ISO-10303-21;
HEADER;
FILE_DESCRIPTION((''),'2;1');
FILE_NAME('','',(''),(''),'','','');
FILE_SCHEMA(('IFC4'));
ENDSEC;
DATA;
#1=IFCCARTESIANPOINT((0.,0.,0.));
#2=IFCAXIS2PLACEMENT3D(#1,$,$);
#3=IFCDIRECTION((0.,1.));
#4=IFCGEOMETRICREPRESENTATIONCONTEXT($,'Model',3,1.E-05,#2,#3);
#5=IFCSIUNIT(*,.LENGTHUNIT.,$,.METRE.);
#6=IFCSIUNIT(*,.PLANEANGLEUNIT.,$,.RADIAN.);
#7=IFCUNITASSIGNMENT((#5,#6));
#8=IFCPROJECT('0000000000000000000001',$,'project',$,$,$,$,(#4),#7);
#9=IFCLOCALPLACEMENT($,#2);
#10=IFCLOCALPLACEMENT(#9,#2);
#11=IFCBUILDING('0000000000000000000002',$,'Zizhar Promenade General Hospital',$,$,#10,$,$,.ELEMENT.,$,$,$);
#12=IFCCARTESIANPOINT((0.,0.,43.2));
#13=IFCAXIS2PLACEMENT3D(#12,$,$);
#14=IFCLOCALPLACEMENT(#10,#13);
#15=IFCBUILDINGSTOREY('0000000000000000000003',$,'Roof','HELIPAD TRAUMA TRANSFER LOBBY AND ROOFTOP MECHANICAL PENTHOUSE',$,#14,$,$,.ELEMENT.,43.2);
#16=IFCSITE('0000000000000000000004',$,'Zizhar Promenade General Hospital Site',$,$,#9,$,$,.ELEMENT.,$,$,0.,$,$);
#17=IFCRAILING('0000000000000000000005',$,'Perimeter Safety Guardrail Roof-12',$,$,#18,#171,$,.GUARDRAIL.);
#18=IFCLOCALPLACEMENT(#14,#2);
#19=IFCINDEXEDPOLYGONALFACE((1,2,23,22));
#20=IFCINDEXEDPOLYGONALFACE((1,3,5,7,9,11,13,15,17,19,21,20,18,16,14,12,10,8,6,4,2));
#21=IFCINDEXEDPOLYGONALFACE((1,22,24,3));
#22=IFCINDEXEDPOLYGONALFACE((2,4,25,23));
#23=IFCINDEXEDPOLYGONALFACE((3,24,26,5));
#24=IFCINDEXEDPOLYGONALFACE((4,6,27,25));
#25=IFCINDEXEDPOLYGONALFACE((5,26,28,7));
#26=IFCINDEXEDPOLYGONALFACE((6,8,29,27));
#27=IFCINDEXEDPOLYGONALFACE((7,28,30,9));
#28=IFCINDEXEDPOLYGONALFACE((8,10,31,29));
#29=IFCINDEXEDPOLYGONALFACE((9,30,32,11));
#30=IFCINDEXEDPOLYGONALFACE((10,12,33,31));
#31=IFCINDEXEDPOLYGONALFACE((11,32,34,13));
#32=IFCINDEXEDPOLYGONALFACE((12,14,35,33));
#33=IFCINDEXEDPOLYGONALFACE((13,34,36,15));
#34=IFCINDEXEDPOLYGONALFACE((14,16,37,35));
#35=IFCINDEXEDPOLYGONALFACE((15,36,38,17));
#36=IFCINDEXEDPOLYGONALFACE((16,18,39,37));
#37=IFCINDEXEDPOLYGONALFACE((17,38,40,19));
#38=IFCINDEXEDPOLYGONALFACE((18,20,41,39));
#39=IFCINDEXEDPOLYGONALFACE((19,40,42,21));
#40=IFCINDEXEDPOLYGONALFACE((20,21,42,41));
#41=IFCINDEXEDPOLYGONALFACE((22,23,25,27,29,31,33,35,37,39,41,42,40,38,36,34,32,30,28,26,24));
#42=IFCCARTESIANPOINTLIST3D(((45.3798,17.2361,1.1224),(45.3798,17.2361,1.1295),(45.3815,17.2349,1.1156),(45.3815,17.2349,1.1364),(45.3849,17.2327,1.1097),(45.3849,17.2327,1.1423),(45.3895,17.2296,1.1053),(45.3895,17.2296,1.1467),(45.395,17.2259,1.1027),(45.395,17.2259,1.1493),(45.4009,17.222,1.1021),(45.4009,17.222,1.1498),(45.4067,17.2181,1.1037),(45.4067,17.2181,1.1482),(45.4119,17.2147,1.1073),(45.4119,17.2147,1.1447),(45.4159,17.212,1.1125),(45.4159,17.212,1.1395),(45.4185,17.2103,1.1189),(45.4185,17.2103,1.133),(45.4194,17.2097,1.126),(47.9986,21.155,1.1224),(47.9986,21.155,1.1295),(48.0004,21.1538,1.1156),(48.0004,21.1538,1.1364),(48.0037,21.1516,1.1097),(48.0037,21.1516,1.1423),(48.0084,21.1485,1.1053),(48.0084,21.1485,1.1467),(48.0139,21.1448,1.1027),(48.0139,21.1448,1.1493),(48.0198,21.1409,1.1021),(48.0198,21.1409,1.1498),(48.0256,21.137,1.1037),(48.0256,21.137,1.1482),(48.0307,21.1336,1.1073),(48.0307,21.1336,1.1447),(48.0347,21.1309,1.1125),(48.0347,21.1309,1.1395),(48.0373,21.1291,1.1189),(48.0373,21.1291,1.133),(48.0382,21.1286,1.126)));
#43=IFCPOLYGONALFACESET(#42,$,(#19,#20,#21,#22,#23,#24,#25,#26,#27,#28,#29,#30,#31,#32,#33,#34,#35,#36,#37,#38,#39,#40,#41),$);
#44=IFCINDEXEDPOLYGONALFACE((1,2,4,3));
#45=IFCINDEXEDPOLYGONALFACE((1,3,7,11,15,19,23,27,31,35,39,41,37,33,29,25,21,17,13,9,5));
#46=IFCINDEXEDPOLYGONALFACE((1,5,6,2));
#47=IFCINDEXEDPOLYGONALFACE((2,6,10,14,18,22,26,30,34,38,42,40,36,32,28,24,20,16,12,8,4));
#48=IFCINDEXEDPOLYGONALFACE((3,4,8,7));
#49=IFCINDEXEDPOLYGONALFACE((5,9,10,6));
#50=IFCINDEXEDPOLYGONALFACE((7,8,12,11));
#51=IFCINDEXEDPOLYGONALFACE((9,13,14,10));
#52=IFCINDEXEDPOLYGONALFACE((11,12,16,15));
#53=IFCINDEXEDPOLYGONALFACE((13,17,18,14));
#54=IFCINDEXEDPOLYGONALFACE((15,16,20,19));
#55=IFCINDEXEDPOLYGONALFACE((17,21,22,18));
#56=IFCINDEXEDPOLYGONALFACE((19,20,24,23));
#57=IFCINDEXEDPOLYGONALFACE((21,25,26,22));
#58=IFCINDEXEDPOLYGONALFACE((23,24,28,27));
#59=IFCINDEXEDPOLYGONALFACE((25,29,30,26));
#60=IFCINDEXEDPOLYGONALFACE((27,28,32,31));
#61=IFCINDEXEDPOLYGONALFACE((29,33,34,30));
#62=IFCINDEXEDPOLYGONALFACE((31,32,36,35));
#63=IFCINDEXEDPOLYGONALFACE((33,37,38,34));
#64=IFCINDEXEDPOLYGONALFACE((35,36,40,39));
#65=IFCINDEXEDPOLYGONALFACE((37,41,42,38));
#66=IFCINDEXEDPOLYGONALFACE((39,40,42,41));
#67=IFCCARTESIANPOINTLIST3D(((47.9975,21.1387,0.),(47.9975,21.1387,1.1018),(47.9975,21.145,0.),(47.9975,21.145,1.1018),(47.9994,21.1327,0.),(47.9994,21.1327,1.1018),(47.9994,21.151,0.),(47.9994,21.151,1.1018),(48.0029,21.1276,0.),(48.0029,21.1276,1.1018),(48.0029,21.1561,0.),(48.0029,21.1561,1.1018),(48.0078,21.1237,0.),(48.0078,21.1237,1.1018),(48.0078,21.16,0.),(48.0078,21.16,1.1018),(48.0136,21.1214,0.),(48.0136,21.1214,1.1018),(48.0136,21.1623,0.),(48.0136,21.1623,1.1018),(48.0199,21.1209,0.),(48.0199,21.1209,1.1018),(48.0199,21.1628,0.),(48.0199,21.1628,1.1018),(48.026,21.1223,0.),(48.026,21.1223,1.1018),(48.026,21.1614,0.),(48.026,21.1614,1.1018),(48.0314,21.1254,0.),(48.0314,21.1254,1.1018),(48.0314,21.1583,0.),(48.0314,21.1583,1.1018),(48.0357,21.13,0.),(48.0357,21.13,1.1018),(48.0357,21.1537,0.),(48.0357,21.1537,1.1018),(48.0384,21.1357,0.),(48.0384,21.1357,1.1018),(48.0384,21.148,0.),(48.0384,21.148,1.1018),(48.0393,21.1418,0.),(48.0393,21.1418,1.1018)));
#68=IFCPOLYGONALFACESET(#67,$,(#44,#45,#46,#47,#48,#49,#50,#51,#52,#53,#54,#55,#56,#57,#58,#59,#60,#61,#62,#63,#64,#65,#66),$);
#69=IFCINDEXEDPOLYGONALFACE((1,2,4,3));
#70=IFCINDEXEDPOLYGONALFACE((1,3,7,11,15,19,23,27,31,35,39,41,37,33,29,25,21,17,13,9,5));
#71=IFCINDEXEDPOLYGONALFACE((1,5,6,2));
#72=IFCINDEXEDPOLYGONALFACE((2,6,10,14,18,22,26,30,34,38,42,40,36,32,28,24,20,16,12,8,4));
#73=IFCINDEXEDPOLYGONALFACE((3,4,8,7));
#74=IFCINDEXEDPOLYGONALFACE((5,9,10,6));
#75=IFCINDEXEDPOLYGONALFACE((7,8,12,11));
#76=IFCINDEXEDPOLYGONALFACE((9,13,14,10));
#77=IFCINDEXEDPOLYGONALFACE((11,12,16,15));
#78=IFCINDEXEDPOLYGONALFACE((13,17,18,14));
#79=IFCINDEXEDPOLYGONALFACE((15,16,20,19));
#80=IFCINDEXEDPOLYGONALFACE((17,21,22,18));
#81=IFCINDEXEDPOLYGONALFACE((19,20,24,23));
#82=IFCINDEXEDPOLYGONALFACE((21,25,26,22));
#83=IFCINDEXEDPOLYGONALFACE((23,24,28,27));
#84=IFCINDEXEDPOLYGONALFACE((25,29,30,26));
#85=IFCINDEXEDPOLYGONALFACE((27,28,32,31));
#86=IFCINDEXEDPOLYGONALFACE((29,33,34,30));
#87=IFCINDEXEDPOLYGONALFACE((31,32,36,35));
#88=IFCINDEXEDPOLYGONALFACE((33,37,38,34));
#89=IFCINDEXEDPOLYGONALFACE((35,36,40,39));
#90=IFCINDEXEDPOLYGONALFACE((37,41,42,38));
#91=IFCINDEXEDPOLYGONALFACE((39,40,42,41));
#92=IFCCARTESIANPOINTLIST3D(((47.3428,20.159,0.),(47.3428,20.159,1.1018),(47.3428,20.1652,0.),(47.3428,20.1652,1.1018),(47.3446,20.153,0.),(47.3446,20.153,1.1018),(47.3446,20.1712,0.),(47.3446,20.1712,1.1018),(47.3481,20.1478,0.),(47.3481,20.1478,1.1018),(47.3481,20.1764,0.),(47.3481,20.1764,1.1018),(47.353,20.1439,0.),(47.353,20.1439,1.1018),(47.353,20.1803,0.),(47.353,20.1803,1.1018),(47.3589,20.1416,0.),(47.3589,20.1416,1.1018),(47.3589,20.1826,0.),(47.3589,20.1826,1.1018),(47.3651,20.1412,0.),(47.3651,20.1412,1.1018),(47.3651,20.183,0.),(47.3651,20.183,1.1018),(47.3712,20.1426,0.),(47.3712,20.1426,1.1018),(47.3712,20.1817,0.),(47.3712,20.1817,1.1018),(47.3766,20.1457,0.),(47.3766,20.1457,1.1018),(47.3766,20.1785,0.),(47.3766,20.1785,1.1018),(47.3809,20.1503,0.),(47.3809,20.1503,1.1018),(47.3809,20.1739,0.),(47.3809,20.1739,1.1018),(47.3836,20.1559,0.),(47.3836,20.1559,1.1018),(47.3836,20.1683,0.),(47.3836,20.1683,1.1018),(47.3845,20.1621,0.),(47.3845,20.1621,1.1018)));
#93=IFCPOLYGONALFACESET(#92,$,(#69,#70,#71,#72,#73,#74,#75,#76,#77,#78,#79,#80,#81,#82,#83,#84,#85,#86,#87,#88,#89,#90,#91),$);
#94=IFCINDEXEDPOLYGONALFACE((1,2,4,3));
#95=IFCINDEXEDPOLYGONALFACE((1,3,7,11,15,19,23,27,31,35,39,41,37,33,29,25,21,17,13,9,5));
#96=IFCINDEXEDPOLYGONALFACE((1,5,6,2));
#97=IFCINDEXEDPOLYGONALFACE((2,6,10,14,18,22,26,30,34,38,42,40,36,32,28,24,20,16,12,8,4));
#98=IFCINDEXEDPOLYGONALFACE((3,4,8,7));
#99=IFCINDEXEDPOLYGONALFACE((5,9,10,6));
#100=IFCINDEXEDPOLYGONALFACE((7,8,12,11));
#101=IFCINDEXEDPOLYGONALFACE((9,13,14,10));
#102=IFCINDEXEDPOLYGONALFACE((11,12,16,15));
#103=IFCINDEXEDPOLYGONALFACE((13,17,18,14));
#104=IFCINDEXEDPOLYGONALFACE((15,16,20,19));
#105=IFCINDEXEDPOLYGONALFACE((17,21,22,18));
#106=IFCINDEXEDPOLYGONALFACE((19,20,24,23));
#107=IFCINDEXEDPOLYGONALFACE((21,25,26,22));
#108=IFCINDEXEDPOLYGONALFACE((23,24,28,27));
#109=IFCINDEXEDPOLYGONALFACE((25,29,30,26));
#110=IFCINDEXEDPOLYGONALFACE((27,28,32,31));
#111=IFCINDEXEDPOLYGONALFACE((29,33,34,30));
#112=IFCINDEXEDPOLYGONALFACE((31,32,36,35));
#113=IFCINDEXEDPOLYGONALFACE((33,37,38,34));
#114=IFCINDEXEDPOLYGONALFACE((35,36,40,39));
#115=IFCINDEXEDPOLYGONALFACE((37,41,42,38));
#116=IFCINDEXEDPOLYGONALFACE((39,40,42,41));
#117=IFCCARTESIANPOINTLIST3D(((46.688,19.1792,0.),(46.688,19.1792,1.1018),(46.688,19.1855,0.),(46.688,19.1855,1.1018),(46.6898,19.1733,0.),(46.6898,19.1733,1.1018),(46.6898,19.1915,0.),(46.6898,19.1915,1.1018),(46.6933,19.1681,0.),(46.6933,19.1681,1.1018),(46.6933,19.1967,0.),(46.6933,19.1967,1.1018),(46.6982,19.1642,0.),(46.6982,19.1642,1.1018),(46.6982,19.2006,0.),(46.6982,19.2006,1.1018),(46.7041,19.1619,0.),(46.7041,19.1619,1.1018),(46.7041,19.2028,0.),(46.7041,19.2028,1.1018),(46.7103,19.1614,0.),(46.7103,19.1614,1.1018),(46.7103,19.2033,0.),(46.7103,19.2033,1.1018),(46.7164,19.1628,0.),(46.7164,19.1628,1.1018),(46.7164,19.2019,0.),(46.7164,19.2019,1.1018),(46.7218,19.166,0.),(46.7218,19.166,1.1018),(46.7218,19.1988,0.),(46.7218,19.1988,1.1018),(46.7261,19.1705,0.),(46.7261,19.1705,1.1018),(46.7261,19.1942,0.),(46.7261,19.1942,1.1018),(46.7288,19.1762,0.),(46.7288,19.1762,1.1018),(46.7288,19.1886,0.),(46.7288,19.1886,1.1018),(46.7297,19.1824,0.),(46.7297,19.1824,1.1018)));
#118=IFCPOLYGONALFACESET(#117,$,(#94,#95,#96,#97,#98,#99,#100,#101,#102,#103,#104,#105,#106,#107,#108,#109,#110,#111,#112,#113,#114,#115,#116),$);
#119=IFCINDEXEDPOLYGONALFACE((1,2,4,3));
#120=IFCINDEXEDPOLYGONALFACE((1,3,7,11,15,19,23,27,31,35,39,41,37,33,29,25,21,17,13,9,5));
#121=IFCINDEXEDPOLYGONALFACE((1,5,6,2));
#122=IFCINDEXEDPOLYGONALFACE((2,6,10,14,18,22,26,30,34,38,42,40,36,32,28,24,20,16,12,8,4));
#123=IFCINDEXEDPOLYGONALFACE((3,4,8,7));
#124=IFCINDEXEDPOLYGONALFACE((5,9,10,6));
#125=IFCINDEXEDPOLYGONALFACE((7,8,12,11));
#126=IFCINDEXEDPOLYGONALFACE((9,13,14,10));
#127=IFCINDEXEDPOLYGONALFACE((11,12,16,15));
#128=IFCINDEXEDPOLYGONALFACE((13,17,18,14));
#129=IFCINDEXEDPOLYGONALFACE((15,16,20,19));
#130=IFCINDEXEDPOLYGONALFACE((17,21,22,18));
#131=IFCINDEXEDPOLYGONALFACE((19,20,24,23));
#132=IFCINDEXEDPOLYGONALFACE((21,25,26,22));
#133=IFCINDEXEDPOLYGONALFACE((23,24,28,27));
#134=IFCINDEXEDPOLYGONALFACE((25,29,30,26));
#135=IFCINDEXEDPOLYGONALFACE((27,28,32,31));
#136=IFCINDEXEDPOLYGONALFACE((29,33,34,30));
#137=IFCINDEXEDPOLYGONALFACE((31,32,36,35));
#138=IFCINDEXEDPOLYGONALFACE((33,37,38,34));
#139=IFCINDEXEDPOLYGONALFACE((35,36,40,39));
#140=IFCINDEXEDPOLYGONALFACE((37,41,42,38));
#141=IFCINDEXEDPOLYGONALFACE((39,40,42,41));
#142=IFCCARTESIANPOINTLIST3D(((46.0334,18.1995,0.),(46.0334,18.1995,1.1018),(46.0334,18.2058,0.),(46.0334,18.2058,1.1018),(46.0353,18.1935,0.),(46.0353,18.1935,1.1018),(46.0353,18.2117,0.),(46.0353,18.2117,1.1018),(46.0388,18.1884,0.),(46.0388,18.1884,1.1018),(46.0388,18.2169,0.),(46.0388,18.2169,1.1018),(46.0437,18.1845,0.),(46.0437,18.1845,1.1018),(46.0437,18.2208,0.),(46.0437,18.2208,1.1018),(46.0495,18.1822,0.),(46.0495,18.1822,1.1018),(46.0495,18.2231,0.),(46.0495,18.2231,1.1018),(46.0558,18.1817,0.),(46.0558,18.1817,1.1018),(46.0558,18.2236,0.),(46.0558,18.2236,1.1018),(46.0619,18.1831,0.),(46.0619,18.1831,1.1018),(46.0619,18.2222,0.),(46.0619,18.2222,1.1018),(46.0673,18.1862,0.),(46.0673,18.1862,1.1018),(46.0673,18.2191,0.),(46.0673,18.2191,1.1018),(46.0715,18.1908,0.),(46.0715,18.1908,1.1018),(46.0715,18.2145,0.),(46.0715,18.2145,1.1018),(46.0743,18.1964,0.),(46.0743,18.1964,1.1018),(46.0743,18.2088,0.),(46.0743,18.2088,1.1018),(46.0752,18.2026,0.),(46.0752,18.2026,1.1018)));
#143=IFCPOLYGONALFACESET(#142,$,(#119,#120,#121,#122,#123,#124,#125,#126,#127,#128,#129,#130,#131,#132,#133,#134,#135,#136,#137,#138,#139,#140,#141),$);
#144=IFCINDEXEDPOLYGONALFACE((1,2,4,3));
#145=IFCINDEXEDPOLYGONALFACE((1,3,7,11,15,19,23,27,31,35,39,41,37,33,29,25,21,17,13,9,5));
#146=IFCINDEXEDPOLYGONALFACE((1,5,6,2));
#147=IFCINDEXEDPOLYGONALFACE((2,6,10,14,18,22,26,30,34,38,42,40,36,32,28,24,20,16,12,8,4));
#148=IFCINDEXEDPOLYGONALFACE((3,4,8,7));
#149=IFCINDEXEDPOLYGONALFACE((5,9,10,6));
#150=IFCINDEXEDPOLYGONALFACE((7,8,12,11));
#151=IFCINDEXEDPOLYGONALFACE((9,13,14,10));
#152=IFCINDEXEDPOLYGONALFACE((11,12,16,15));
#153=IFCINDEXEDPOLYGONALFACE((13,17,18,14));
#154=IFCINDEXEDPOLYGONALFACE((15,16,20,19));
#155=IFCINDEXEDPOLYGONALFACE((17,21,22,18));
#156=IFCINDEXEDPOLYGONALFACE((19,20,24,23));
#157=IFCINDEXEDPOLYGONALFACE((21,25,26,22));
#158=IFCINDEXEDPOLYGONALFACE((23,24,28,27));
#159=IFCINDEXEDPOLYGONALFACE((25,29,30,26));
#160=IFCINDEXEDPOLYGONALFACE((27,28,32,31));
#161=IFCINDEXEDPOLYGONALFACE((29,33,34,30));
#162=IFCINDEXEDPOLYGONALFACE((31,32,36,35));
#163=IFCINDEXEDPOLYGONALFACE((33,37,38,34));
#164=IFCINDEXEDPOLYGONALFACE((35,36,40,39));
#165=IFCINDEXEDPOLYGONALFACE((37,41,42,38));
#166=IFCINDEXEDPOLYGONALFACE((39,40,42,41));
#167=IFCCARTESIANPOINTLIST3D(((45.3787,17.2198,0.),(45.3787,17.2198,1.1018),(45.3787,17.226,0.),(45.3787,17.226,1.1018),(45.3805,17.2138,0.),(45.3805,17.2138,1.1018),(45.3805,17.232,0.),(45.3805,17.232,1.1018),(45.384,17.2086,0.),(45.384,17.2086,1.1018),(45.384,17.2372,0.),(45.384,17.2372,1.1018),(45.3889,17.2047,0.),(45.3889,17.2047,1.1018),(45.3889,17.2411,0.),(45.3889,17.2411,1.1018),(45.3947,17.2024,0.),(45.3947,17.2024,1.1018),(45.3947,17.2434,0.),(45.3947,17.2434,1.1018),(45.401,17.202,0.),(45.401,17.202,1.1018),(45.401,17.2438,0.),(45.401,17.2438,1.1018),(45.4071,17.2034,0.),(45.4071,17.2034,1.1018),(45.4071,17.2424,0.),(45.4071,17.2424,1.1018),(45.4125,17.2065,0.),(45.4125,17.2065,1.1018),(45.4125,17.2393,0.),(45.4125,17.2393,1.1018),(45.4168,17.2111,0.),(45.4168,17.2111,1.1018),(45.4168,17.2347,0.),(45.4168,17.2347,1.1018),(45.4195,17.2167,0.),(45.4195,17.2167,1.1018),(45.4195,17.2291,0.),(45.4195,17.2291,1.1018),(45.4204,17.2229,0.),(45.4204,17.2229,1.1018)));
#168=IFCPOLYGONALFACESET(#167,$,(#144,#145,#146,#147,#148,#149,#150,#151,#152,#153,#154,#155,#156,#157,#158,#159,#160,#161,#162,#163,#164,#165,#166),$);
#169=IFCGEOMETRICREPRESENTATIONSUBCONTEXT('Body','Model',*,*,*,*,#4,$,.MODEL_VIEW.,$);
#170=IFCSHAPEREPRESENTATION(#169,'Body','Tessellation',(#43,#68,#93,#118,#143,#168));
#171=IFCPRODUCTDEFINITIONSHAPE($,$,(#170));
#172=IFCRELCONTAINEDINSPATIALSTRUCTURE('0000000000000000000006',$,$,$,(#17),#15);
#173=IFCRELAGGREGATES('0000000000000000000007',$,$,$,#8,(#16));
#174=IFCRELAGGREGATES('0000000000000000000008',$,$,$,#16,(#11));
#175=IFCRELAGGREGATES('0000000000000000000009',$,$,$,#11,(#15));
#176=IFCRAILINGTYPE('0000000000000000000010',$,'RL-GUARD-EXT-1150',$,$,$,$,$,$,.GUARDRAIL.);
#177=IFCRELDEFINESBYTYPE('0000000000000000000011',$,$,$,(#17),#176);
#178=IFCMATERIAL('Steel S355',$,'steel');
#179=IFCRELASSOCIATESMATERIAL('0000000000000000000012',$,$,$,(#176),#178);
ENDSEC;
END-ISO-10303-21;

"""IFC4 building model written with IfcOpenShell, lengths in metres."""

from ifc_helpers import new_model, si_unit, direction, frame, origin, origin_2d, place, context, subcontext, project, spatial, hollow_rectangle, circle, extrude, material, material_profile, profile_set, type_object, element, save


model = new_model("IFC4")

# Units and contexts
model_context = context("Model", 3, precision=1e-05, world=origin(), true_north=direction((0.0, 1.0)))
body_context = subcontext(model_context, "Body", "Model", "MODEL_VIEW")
ifc_project = project(units=[si_unit("LENGTHUNIT", "METRE"), si_unit("PLANEANGLEUNIT", "RADIAN")], contexts=[model_context])

# Site, building, storey
site_placement = place(None, origin())
site = spatial("IfcSite", under=ifc_project, at=site_placement, Name="Zizhar Promenade General Hospital Site", CompositionType="ELEMENT", RefElevation=0.0)
building_placement = place(site_placement, origin())
building = spatial("IfcBuilding", under=site, at=building_placement, Name="Zizhar Promenade General Hospital", CompositionType="ELEMENT")
storey_placement = place(building_placement, frame((0.0, 0.0, 43.2)))
storey = spatial("IfcBuildingStorey", under=building, at=storey_placement, Name="Roof", Description="HELIPAD TRAUMA TRANSFER LOBBY AND ROOFTOP MECHANICAL PENTHOUSE", CompositionType="ELEMENT", Elevation=43.2)

# Railing
ifc_material_1 = material(Name="Steel S355", Category="steel")
ifc_material_profile_1 = material_profile(ifc_material_1, hollow_rectangle(XDim=0.0601, YDim=0.1201, WallThickness=0.0039, at=origin_2d()))
ifc_profile_set_1 = profile_set([ifc_material_profile_1], Name="Steel S355")
railing_type = type_object("IfcRailingType", Name="RL-GUARD-EXT-1150", PredefinedType="GUARDRAIL", material=ifc_profile_set_1)
railing_1_placement = place(storey_placement, frame((48.0183, 21.1418, 0.0)))
element("IfcRailing", 1, at=railing_1_placement, inside=storey, type_object=railing_type, Name="Perimeter Safety Guardrail Roof-12", PredefinedType="GUARDRAIL", context=body_context, shape_type="SweptSolid", body=[
    extrude(circle(Radius=0.0239, at=origin_2d()), frame((0.0, 0.0, 1.126), z_axis=(-0.55562, -0.831436, 0.0), x_axis=(0.831436, -0.55562, 0.0)), (0.0, 0.0, 1.0), 4.7134),
    extrude(circle(Radius=0.021, at=origin_2d()), origin(), (0.0, 0.0, 1.0), 1.1018),
    extrude(circle(Radius=0.021, at=origin_2d()), frame((-0.6548, -0.9797, 0.0)), (0.0, 0.0, 1.0), 1.1018),
    extrude(circle(Radius=0.021, at=origin_2d()), frame((-1.3096, -1.9595, 0.0)), (0.0, 0.0, 1.0), 1.1018),
    extrude(circle(Radius=0.021, at=origin_2d()), frame((-1.9641, -2.9392, 0.0)), (0.0, 0.0, 1.0), 1.1018),
    extrude(circle(Radius=0.021, at=origin_2d()), frame((-2.6189, -3.9189, 0.0)), (0.0, 0.0, 1.0), 1.1018),
])

save(model, "model.ifc")
